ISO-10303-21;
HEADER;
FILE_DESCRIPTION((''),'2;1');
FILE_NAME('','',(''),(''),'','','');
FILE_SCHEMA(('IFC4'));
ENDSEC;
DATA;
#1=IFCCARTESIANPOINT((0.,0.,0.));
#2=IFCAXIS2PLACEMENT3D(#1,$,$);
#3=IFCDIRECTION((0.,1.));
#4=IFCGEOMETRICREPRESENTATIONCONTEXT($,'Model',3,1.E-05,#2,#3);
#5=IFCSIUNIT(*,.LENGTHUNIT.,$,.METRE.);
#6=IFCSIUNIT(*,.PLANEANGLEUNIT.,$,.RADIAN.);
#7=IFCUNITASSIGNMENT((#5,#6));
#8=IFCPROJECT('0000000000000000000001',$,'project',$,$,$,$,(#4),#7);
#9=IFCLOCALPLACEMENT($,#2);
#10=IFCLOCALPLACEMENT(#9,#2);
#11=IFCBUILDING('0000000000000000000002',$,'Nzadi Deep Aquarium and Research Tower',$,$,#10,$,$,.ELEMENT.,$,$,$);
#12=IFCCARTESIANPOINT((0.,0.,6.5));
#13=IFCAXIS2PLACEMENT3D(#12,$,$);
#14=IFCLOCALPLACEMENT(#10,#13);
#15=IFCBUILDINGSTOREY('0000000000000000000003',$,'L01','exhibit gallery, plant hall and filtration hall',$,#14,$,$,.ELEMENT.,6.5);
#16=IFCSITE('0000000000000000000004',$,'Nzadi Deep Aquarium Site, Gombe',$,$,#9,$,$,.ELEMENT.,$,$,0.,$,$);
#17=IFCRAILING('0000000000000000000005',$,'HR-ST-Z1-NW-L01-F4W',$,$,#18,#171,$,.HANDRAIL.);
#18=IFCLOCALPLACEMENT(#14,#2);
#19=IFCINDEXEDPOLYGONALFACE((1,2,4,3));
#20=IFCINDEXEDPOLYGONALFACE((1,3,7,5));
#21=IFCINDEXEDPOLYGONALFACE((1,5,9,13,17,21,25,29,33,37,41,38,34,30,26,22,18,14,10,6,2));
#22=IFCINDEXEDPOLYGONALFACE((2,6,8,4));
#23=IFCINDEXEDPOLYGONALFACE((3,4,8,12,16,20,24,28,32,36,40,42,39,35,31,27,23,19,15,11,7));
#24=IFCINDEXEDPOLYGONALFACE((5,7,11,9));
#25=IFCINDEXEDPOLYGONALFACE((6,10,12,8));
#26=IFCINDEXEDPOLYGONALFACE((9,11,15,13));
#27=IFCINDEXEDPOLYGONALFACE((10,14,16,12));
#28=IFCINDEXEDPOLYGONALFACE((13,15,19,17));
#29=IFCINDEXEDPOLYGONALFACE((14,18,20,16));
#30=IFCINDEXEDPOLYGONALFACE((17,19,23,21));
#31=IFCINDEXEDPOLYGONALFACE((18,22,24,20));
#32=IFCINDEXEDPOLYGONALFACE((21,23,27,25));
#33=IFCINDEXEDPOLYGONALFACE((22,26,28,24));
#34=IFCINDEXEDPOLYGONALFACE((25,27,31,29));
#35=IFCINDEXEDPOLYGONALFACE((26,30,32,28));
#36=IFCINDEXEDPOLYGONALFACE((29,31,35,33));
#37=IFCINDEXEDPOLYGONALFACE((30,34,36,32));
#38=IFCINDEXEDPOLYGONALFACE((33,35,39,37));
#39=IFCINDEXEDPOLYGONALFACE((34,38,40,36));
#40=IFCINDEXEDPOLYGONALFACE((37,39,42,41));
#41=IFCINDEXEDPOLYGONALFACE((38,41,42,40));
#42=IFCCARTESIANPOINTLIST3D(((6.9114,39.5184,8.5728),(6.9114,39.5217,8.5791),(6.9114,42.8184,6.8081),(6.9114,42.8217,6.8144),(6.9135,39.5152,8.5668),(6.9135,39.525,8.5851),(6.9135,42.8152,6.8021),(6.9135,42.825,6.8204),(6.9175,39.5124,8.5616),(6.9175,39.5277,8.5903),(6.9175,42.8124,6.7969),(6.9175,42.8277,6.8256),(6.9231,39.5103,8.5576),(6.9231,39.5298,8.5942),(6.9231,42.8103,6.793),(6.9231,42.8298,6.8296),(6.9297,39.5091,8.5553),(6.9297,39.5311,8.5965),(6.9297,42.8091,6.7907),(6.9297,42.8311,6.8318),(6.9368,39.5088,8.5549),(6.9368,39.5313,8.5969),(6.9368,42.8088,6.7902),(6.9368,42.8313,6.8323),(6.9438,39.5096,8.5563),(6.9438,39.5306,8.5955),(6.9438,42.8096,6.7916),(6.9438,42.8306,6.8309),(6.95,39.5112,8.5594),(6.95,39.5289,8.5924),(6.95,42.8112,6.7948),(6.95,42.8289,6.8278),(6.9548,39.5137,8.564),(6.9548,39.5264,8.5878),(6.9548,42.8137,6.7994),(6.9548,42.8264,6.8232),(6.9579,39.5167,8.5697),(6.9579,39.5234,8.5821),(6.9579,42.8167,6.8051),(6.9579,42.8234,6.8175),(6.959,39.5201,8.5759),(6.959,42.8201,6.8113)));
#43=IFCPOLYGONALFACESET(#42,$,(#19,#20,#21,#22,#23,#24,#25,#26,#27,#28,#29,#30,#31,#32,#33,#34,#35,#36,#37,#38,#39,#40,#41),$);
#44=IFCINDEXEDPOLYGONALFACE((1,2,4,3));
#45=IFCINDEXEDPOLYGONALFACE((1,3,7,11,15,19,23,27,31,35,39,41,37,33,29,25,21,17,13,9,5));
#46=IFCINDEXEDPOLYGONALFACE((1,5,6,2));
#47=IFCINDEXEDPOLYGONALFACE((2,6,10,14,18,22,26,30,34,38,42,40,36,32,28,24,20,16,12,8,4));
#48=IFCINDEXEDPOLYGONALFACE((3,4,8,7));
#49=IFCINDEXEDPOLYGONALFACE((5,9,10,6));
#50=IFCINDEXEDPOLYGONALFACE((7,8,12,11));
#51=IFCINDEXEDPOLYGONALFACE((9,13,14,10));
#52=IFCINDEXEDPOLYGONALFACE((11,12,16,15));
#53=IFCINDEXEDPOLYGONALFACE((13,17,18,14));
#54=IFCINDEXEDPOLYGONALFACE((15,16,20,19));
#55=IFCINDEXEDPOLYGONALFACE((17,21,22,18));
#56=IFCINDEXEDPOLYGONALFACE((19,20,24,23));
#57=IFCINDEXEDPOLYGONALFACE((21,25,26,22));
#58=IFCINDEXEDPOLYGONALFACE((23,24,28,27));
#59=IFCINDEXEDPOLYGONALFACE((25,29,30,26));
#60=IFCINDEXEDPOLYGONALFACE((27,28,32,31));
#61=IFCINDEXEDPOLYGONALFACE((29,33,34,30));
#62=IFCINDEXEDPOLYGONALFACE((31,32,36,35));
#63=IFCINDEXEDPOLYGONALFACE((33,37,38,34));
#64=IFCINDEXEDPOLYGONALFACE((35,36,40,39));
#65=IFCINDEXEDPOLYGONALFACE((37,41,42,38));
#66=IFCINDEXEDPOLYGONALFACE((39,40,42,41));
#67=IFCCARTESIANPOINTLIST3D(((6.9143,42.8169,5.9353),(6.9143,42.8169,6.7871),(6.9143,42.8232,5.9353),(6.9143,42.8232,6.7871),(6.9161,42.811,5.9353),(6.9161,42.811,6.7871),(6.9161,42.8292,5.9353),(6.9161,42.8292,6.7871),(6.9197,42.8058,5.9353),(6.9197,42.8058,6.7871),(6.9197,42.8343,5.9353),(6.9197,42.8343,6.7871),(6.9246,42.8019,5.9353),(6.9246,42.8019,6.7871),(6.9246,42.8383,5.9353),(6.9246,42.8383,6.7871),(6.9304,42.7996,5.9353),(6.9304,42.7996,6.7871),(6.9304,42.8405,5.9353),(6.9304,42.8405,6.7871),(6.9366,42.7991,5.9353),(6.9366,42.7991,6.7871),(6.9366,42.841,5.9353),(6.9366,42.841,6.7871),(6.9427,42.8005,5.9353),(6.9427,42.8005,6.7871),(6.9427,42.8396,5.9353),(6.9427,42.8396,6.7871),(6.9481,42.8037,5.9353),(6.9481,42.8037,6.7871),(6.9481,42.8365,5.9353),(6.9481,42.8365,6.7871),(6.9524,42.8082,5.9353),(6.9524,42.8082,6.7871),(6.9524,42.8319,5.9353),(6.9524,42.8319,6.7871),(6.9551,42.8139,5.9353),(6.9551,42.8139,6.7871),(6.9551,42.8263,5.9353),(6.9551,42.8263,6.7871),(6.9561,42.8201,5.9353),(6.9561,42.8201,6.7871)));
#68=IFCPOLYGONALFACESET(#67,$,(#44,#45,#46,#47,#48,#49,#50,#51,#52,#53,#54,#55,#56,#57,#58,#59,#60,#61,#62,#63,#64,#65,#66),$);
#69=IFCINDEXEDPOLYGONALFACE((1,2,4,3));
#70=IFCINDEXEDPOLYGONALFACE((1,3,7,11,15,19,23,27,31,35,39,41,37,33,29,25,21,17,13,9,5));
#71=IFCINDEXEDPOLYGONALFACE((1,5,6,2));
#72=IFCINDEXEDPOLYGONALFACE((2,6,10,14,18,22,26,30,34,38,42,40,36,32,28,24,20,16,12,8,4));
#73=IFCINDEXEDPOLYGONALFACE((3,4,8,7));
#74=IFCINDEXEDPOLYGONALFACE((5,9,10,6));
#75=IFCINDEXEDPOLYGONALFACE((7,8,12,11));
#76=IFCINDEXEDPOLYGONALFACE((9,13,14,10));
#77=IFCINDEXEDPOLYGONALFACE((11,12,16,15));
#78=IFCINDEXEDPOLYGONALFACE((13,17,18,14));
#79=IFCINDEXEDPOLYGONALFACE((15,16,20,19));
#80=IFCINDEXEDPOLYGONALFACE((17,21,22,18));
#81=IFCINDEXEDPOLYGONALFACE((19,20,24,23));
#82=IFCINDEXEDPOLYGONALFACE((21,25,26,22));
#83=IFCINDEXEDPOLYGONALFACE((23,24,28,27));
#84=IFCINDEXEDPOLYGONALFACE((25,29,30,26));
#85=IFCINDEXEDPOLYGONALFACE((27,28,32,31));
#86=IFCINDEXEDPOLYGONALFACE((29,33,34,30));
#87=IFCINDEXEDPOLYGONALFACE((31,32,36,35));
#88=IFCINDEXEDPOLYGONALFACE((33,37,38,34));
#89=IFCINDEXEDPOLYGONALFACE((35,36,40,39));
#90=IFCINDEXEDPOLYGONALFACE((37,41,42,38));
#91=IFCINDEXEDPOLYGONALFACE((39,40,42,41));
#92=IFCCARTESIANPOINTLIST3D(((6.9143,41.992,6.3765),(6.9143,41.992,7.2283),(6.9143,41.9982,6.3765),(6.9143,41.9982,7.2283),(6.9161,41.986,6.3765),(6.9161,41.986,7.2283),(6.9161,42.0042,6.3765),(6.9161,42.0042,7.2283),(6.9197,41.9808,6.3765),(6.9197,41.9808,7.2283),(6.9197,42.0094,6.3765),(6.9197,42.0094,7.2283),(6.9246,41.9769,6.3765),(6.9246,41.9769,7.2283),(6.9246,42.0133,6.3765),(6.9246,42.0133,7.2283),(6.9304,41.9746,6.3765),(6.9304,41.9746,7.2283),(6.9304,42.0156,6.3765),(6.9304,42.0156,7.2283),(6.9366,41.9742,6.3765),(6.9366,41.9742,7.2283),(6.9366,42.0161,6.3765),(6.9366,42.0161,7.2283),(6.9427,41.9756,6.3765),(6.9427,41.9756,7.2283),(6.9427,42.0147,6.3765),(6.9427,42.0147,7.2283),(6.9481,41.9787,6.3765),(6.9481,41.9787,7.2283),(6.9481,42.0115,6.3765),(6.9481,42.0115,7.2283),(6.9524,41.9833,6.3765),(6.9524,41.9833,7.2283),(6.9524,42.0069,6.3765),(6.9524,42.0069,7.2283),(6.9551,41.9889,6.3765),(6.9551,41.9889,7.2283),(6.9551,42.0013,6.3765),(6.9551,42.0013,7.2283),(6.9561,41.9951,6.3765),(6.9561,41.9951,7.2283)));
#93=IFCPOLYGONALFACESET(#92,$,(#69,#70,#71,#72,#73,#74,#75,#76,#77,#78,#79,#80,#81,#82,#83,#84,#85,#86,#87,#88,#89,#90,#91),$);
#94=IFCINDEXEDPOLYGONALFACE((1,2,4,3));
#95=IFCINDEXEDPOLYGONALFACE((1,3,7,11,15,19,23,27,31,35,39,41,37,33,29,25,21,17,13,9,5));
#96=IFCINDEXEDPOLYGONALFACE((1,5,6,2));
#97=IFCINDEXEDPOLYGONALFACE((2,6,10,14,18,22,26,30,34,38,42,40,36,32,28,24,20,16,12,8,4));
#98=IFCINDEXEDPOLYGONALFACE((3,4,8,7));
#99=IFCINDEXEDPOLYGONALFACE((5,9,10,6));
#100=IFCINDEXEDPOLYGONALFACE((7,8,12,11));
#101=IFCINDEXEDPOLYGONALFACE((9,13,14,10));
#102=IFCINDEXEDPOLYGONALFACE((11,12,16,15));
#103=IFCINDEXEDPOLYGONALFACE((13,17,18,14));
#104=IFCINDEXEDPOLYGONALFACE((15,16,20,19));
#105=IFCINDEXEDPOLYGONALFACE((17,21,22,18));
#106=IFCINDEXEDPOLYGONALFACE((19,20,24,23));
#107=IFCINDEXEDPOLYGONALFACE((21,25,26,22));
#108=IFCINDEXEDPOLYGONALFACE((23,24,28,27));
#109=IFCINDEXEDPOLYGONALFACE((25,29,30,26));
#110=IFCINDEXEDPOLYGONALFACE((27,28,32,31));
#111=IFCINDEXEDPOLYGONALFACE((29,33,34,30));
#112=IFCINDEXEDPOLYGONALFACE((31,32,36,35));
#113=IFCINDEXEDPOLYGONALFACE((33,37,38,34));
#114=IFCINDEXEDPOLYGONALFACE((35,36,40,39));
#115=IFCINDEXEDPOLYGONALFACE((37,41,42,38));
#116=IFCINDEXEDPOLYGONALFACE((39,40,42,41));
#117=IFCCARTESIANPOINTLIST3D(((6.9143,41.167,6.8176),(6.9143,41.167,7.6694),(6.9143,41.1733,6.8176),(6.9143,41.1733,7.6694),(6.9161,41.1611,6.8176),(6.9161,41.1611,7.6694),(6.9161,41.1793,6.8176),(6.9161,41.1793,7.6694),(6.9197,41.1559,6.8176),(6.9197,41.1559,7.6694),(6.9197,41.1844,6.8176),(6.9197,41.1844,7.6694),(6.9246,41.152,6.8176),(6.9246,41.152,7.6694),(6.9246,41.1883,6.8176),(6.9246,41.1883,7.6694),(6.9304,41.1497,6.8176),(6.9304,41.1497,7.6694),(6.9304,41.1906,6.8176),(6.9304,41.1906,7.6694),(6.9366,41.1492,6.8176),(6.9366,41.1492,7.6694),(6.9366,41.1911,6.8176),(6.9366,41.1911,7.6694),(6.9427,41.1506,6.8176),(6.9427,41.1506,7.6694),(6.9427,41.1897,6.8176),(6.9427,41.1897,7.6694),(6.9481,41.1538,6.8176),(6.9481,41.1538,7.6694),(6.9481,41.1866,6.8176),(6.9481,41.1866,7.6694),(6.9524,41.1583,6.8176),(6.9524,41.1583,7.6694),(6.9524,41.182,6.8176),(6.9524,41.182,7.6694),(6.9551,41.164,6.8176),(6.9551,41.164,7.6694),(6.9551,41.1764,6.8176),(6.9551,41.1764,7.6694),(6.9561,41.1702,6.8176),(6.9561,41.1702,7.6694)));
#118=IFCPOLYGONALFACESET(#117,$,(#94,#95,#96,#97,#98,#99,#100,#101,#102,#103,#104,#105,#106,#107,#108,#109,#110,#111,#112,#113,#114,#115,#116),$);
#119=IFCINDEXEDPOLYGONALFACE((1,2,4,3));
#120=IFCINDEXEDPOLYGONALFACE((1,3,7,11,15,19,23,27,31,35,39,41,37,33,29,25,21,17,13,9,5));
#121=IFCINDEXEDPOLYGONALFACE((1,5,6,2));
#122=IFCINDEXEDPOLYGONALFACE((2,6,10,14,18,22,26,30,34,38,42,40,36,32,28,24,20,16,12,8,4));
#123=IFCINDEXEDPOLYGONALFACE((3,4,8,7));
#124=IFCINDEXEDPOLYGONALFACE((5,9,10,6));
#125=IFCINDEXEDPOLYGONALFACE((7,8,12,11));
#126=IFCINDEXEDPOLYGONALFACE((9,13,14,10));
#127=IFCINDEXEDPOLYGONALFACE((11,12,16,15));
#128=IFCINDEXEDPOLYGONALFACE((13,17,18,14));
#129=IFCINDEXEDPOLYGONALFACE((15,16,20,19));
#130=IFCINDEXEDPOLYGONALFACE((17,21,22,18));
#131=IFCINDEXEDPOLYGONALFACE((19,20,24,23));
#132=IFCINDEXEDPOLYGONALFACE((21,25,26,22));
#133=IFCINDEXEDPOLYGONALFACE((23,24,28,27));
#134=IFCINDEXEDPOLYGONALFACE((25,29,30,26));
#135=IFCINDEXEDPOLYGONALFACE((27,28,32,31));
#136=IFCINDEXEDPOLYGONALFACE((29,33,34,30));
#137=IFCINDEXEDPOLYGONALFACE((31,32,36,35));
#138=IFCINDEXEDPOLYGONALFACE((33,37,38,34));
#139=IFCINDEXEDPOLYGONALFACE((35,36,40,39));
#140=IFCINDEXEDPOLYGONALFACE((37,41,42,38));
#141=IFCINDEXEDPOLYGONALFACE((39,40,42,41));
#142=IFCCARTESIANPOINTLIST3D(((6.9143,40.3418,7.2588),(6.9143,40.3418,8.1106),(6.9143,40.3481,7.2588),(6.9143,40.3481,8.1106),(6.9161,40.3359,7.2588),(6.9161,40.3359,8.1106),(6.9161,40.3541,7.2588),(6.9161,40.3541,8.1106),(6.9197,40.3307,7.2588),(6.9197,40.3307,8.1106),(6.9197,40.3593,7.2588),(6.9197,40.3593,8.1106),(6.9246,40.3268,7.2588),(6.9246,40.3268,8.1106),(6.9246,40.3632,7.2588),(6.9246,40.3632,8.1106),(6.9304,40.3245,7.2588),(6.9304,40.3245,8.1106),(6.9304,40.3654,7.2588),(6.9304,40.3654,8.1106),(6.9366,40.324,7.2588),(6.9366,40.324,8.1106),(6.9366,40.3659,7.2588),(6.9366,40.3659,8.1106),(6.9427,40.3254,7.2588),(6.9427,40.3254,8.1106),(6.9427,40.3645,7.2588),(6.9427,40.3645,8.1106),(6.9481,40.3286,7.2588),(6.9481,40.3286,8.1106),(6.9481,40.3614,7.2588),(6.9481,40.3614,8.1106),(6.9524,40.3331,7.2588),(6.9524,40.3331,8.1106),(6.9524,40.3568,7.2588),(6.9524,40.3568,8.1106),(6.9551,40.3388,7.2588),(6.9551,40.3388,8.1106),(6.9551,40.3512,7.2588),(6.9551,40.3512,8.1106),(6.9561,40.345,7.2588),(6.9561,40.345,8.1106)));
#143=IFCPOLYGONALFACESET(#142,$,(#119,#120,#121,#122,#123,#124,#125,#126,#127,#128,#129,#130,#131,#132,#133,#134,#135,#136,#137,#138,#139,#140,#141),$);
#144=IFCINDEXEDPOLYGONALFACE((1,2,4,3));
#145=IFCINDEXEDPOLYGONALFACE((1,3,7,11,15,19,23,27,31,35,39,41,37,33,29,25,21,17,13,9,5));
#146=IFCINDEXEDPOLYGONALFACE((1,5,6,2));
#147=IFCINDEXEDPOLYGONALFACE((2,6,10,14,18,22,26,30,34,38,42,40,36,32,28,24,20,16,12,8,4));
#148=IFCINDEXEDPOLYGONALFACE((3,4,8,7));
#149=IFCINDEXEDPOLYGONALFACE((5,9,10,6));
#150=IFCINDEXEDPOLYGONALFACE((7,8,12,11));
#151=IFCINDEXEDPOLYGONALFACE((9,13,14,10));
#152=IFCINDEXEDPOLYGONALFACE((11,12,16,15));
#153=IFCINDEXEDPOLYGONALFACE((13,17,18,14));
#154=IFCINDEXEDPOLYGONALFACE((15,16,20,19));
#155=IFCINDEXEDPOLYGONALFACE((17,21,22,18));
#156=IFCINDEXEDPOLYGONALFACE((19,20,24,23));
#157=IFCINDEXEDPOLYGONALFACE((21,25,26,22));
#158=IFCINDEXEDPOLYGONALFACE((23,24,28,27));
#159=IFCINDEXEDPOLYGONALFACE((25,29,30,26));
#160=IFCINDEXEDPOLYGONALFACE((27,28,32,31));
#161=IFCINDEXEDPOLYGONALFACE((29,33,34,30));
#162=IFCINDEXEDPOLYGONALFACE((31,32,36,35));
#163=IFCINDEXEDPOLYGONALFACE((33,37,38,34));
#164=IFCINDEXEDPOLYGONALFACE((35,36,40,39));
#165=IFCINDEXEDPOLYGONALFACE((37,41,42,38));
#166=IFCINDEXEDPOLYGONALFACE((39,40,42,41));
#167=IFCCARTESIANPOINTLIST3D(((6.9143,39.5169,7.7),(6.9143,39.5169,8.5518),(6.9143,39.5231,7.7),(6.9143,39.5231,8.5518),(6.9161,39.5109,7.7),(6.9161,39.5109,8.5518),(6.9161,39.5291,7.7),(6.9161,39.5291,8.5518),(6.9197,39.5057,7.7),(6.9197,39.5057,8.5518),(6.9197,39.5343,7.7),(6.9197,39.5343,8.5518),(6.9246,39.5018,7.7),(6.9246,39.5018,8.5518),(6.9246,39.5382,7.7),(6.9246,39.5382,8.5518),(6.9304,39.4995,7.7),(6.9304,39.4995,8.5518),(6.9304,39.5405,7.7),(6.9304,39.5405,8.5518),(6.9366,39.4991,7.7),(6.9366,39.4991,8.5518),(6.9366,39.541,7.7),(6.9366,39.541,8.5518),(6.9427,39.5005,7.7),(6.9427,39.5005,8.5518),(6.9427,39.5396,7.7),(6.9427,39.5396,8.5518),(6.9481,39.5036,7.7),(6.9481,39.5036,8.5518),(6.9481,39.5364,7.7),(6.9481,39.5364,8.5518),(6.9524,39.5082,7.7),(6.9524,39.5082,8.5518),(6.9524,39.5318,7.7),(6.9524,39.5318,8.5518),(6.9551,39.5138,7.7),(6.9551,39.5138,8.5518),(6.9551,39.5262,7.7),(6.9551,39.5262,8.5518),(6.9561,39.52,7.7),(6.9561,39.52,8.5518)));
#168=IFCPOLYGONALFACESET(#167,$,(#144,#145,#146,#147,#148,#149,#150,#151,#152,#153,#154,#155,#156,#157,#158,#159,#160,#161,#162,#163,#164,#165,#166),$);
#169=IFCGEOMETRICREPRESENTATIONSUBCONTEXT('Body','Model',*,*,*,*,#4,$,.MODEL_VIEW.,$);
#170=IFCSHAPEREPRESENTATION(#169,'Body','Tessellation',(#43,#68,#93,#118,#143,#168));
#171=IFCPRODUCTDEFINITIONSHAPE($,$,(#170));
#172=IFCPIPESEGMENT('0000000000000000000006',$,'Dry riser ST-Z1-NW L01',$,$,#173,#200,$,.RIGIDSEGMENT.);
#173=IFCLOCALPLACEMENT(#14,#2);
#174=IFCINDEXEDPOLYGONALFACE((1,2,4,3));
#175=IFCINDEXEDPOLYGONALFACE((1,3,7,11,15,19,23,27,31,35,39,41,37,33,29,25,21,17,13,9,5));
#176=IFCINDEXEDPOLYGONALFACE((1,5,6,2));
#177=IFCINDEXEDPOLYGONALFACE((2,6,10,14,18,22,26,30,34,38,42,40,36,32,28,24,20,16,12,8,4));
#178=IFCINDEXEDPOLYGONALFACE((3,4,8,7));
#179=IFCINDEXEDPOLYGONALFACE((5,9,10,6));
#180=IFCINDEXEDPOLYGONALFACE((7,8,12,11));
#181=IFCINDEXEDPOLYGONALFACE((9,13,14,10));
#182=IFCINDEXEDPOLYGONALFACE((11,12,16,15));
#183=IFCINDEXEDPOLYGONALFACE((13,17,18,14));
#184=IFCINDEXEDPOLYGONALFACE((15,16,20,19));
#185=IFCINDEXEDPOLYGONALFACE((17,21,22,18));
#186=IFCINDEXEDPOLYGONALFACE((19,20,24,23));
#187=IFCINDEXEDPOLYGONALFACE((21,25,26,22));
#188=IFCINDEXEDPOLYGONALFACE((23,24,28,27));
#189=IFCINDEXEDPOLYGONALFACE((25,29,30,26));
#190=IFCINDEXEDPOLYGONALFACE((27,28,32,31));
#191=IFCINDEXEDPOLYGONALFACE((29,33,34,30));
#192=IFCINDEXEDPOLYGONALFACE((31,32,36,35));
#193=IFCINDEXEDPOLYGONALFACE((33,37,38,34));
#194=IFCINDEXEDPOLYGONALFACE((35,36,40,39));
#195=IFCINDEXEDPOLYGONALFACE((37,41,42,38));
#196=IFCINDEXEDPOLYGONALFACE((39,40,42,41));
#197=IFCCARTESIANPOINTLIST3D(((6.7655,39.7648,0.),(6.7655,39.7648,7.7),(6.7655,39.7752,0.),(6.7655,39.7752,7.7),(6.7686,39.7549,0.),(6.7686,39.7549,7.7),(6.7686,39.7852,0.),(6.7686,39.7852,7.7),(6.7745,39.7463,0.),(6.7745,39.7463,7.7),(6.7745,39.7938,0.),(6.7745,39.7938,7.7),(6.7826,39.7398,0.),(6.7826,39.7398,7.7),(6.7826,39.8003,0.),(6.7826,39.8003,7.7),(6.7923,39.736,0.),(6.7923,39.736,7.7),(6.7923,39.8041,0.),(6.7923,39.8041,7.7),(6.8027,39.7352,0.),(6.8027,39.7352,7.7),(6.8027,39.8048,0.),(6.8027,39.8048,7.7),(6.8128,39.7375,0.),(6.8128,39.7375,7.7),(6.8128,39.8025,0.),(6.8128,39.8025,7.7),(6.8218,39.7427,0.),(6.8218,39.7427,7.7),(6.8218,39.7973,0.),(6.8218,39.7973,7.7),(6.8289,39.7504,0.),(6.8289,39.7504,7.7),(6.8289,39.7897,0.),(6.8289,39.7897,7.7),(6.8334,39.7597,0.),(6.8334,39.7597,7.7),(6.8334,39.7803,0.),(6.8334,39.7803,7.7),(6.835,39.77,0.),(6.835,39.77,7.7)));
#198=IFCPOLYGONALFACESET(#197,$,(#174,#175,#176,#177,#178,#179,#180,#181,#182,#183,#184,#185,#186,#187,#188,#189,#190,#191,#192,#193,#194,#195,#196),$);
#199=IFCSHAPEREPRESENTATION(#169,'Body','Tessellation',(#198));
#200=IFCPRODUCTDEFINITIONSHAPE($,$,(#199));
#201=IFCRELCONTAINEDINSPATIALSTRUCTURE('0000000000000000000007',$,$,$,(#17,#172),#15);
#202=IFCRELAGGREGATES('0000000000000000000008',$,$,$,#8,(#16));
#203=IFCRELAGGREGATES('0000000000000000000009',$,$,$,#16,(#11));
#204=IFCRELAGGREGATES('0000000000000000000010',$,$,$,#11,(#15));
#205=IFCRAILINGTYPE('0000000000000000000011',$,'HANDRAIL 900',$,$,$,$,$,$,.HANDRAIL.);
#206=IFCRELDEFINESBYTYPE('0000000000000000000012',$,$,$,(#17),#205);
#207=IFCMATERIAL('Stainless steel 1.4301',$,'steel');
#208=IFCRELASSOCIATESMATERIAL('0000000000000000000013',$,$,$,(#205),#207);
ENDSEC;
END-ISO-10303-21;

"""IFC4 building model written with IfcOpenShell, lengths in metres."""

from ifc_helpers import new_model, si_unit, direction, frame, origin, origin_2d, place, context, subcontext, project, spatial, circle, extrude, material, type_object, element, save


model = new_model("IFC4")

# Units and contexts
model_context = context("Model", 3, precision=1e-05, world=origin(), true_north=direction((0.0, 1.0)))
body_context = subcontext(model_context, "Body", "Model", "MODEL_VIEW")
ifc_project = project(units=[si_unit("LENGTHUNIT", "METRE"), si_unit("PLANEANGLEUNIT", "RADIAN")], contexts=[model_context])

# Site, building, storey
site_placement = place(None, origin())
site = spatial("IfcSite", under=ifc_project, at=site_placement, Name="Nzadi Deep Aquarium Site, Gombe", CompositionType="ELEMENT", RefElevation=0.0)
building_placement = place(site_placement, origin())
building = spatial("IfcBuilding", under=site, at=building_placement, Name="Nzadi Deep Aquarium and Research Tower", CompositionType="ELEMENT")
storey_placement = place(building_placement, frame((0.0, 0.0, 6.5)))
storey = spatial("IfcBuildingStorey", under=building, at=storey_placement, Name="L01", Description="exhibit gallery, plant hall and filtration hall", CompositionType="ELEMENT", Elevation=6.5)

# Railing
ifc_material_1 = material(Name="Stainless steel 1.4301", Category="steel")
railing_type = type_object("IfcRailingType", Name="HANDRAIL 900", PredefinedType="HANDRAIL", material=ifc_material_1)
for number, where, name in (
    (1, (6.9351, 42.8201, 5.9353), "HR-ST-Z1-NW-L01-F4W"),
):
    element("IfcRailing", number, at=place(storey_placement, frame(where)), inside=storey, type_object=railing_type, Name=name, PredefinedType="HANDRAIL", context=body_context, shape_type="SweptSolid", body=[
        extrude(circle(Radius=0.0239, at=origin_2d()), frame((0.0, 0.0, 0.876), z_axis=(0.0, -0.88184, 0.47155), x_axis=(1.0, 0.0, 0.0)), (0.0, 0.0, 1.0), 3.7422),
        extrude(circle(Radius=0.021, at=origin_2d()), origin(), (0.0, 0.0, 1.0), 0.8518),
        extrude(circle(Radius=0.021, at=origin_2d()), frame((0.0, -0.825, 0.4412)), (0.0, 0.0, 1.0), 0.8518),
        extrude(circle(Radius=0.021, at=origin_2d()), frame((0.0, -1.6499, 0.8823)), (0.0, 0.0, 1.0), 0.8518),
        extrude(circle(Radius=0.021, at=origin_2d()), frame((0.0, -2.4751, 1.3235)), (0.0, 0.0, 1.0), 0.8518),
        extrude(circle(Radius=0.021, at=origin_2d()), frame((0.0, -3.3, 1.7646)), (0.0, 0.0, 1.0), 0.8518),
    ])

# Pipe segment
pipe_segment_placement = place(storey_placement, frame((6.8, 39.77, 0.0), z_axis=(0.0, 0.0, 1.0), x_axis=(1.0, 0.0, 0.0)))
element("IfcPipeSegment", 2, at=pipe_segment_placement, inside=storey, Name="Dry riser ST-Z1-NW L01", PredefinedType="RIGIDSEGMENT", context=body_context, shape_type="SweptSolid", body=[
    extrude(circle(Radius=0.0349, at=origin_2d()), origin(), (0.0, 0.0, 1.0), 7.7),
])

save(model, "model.ifc")
